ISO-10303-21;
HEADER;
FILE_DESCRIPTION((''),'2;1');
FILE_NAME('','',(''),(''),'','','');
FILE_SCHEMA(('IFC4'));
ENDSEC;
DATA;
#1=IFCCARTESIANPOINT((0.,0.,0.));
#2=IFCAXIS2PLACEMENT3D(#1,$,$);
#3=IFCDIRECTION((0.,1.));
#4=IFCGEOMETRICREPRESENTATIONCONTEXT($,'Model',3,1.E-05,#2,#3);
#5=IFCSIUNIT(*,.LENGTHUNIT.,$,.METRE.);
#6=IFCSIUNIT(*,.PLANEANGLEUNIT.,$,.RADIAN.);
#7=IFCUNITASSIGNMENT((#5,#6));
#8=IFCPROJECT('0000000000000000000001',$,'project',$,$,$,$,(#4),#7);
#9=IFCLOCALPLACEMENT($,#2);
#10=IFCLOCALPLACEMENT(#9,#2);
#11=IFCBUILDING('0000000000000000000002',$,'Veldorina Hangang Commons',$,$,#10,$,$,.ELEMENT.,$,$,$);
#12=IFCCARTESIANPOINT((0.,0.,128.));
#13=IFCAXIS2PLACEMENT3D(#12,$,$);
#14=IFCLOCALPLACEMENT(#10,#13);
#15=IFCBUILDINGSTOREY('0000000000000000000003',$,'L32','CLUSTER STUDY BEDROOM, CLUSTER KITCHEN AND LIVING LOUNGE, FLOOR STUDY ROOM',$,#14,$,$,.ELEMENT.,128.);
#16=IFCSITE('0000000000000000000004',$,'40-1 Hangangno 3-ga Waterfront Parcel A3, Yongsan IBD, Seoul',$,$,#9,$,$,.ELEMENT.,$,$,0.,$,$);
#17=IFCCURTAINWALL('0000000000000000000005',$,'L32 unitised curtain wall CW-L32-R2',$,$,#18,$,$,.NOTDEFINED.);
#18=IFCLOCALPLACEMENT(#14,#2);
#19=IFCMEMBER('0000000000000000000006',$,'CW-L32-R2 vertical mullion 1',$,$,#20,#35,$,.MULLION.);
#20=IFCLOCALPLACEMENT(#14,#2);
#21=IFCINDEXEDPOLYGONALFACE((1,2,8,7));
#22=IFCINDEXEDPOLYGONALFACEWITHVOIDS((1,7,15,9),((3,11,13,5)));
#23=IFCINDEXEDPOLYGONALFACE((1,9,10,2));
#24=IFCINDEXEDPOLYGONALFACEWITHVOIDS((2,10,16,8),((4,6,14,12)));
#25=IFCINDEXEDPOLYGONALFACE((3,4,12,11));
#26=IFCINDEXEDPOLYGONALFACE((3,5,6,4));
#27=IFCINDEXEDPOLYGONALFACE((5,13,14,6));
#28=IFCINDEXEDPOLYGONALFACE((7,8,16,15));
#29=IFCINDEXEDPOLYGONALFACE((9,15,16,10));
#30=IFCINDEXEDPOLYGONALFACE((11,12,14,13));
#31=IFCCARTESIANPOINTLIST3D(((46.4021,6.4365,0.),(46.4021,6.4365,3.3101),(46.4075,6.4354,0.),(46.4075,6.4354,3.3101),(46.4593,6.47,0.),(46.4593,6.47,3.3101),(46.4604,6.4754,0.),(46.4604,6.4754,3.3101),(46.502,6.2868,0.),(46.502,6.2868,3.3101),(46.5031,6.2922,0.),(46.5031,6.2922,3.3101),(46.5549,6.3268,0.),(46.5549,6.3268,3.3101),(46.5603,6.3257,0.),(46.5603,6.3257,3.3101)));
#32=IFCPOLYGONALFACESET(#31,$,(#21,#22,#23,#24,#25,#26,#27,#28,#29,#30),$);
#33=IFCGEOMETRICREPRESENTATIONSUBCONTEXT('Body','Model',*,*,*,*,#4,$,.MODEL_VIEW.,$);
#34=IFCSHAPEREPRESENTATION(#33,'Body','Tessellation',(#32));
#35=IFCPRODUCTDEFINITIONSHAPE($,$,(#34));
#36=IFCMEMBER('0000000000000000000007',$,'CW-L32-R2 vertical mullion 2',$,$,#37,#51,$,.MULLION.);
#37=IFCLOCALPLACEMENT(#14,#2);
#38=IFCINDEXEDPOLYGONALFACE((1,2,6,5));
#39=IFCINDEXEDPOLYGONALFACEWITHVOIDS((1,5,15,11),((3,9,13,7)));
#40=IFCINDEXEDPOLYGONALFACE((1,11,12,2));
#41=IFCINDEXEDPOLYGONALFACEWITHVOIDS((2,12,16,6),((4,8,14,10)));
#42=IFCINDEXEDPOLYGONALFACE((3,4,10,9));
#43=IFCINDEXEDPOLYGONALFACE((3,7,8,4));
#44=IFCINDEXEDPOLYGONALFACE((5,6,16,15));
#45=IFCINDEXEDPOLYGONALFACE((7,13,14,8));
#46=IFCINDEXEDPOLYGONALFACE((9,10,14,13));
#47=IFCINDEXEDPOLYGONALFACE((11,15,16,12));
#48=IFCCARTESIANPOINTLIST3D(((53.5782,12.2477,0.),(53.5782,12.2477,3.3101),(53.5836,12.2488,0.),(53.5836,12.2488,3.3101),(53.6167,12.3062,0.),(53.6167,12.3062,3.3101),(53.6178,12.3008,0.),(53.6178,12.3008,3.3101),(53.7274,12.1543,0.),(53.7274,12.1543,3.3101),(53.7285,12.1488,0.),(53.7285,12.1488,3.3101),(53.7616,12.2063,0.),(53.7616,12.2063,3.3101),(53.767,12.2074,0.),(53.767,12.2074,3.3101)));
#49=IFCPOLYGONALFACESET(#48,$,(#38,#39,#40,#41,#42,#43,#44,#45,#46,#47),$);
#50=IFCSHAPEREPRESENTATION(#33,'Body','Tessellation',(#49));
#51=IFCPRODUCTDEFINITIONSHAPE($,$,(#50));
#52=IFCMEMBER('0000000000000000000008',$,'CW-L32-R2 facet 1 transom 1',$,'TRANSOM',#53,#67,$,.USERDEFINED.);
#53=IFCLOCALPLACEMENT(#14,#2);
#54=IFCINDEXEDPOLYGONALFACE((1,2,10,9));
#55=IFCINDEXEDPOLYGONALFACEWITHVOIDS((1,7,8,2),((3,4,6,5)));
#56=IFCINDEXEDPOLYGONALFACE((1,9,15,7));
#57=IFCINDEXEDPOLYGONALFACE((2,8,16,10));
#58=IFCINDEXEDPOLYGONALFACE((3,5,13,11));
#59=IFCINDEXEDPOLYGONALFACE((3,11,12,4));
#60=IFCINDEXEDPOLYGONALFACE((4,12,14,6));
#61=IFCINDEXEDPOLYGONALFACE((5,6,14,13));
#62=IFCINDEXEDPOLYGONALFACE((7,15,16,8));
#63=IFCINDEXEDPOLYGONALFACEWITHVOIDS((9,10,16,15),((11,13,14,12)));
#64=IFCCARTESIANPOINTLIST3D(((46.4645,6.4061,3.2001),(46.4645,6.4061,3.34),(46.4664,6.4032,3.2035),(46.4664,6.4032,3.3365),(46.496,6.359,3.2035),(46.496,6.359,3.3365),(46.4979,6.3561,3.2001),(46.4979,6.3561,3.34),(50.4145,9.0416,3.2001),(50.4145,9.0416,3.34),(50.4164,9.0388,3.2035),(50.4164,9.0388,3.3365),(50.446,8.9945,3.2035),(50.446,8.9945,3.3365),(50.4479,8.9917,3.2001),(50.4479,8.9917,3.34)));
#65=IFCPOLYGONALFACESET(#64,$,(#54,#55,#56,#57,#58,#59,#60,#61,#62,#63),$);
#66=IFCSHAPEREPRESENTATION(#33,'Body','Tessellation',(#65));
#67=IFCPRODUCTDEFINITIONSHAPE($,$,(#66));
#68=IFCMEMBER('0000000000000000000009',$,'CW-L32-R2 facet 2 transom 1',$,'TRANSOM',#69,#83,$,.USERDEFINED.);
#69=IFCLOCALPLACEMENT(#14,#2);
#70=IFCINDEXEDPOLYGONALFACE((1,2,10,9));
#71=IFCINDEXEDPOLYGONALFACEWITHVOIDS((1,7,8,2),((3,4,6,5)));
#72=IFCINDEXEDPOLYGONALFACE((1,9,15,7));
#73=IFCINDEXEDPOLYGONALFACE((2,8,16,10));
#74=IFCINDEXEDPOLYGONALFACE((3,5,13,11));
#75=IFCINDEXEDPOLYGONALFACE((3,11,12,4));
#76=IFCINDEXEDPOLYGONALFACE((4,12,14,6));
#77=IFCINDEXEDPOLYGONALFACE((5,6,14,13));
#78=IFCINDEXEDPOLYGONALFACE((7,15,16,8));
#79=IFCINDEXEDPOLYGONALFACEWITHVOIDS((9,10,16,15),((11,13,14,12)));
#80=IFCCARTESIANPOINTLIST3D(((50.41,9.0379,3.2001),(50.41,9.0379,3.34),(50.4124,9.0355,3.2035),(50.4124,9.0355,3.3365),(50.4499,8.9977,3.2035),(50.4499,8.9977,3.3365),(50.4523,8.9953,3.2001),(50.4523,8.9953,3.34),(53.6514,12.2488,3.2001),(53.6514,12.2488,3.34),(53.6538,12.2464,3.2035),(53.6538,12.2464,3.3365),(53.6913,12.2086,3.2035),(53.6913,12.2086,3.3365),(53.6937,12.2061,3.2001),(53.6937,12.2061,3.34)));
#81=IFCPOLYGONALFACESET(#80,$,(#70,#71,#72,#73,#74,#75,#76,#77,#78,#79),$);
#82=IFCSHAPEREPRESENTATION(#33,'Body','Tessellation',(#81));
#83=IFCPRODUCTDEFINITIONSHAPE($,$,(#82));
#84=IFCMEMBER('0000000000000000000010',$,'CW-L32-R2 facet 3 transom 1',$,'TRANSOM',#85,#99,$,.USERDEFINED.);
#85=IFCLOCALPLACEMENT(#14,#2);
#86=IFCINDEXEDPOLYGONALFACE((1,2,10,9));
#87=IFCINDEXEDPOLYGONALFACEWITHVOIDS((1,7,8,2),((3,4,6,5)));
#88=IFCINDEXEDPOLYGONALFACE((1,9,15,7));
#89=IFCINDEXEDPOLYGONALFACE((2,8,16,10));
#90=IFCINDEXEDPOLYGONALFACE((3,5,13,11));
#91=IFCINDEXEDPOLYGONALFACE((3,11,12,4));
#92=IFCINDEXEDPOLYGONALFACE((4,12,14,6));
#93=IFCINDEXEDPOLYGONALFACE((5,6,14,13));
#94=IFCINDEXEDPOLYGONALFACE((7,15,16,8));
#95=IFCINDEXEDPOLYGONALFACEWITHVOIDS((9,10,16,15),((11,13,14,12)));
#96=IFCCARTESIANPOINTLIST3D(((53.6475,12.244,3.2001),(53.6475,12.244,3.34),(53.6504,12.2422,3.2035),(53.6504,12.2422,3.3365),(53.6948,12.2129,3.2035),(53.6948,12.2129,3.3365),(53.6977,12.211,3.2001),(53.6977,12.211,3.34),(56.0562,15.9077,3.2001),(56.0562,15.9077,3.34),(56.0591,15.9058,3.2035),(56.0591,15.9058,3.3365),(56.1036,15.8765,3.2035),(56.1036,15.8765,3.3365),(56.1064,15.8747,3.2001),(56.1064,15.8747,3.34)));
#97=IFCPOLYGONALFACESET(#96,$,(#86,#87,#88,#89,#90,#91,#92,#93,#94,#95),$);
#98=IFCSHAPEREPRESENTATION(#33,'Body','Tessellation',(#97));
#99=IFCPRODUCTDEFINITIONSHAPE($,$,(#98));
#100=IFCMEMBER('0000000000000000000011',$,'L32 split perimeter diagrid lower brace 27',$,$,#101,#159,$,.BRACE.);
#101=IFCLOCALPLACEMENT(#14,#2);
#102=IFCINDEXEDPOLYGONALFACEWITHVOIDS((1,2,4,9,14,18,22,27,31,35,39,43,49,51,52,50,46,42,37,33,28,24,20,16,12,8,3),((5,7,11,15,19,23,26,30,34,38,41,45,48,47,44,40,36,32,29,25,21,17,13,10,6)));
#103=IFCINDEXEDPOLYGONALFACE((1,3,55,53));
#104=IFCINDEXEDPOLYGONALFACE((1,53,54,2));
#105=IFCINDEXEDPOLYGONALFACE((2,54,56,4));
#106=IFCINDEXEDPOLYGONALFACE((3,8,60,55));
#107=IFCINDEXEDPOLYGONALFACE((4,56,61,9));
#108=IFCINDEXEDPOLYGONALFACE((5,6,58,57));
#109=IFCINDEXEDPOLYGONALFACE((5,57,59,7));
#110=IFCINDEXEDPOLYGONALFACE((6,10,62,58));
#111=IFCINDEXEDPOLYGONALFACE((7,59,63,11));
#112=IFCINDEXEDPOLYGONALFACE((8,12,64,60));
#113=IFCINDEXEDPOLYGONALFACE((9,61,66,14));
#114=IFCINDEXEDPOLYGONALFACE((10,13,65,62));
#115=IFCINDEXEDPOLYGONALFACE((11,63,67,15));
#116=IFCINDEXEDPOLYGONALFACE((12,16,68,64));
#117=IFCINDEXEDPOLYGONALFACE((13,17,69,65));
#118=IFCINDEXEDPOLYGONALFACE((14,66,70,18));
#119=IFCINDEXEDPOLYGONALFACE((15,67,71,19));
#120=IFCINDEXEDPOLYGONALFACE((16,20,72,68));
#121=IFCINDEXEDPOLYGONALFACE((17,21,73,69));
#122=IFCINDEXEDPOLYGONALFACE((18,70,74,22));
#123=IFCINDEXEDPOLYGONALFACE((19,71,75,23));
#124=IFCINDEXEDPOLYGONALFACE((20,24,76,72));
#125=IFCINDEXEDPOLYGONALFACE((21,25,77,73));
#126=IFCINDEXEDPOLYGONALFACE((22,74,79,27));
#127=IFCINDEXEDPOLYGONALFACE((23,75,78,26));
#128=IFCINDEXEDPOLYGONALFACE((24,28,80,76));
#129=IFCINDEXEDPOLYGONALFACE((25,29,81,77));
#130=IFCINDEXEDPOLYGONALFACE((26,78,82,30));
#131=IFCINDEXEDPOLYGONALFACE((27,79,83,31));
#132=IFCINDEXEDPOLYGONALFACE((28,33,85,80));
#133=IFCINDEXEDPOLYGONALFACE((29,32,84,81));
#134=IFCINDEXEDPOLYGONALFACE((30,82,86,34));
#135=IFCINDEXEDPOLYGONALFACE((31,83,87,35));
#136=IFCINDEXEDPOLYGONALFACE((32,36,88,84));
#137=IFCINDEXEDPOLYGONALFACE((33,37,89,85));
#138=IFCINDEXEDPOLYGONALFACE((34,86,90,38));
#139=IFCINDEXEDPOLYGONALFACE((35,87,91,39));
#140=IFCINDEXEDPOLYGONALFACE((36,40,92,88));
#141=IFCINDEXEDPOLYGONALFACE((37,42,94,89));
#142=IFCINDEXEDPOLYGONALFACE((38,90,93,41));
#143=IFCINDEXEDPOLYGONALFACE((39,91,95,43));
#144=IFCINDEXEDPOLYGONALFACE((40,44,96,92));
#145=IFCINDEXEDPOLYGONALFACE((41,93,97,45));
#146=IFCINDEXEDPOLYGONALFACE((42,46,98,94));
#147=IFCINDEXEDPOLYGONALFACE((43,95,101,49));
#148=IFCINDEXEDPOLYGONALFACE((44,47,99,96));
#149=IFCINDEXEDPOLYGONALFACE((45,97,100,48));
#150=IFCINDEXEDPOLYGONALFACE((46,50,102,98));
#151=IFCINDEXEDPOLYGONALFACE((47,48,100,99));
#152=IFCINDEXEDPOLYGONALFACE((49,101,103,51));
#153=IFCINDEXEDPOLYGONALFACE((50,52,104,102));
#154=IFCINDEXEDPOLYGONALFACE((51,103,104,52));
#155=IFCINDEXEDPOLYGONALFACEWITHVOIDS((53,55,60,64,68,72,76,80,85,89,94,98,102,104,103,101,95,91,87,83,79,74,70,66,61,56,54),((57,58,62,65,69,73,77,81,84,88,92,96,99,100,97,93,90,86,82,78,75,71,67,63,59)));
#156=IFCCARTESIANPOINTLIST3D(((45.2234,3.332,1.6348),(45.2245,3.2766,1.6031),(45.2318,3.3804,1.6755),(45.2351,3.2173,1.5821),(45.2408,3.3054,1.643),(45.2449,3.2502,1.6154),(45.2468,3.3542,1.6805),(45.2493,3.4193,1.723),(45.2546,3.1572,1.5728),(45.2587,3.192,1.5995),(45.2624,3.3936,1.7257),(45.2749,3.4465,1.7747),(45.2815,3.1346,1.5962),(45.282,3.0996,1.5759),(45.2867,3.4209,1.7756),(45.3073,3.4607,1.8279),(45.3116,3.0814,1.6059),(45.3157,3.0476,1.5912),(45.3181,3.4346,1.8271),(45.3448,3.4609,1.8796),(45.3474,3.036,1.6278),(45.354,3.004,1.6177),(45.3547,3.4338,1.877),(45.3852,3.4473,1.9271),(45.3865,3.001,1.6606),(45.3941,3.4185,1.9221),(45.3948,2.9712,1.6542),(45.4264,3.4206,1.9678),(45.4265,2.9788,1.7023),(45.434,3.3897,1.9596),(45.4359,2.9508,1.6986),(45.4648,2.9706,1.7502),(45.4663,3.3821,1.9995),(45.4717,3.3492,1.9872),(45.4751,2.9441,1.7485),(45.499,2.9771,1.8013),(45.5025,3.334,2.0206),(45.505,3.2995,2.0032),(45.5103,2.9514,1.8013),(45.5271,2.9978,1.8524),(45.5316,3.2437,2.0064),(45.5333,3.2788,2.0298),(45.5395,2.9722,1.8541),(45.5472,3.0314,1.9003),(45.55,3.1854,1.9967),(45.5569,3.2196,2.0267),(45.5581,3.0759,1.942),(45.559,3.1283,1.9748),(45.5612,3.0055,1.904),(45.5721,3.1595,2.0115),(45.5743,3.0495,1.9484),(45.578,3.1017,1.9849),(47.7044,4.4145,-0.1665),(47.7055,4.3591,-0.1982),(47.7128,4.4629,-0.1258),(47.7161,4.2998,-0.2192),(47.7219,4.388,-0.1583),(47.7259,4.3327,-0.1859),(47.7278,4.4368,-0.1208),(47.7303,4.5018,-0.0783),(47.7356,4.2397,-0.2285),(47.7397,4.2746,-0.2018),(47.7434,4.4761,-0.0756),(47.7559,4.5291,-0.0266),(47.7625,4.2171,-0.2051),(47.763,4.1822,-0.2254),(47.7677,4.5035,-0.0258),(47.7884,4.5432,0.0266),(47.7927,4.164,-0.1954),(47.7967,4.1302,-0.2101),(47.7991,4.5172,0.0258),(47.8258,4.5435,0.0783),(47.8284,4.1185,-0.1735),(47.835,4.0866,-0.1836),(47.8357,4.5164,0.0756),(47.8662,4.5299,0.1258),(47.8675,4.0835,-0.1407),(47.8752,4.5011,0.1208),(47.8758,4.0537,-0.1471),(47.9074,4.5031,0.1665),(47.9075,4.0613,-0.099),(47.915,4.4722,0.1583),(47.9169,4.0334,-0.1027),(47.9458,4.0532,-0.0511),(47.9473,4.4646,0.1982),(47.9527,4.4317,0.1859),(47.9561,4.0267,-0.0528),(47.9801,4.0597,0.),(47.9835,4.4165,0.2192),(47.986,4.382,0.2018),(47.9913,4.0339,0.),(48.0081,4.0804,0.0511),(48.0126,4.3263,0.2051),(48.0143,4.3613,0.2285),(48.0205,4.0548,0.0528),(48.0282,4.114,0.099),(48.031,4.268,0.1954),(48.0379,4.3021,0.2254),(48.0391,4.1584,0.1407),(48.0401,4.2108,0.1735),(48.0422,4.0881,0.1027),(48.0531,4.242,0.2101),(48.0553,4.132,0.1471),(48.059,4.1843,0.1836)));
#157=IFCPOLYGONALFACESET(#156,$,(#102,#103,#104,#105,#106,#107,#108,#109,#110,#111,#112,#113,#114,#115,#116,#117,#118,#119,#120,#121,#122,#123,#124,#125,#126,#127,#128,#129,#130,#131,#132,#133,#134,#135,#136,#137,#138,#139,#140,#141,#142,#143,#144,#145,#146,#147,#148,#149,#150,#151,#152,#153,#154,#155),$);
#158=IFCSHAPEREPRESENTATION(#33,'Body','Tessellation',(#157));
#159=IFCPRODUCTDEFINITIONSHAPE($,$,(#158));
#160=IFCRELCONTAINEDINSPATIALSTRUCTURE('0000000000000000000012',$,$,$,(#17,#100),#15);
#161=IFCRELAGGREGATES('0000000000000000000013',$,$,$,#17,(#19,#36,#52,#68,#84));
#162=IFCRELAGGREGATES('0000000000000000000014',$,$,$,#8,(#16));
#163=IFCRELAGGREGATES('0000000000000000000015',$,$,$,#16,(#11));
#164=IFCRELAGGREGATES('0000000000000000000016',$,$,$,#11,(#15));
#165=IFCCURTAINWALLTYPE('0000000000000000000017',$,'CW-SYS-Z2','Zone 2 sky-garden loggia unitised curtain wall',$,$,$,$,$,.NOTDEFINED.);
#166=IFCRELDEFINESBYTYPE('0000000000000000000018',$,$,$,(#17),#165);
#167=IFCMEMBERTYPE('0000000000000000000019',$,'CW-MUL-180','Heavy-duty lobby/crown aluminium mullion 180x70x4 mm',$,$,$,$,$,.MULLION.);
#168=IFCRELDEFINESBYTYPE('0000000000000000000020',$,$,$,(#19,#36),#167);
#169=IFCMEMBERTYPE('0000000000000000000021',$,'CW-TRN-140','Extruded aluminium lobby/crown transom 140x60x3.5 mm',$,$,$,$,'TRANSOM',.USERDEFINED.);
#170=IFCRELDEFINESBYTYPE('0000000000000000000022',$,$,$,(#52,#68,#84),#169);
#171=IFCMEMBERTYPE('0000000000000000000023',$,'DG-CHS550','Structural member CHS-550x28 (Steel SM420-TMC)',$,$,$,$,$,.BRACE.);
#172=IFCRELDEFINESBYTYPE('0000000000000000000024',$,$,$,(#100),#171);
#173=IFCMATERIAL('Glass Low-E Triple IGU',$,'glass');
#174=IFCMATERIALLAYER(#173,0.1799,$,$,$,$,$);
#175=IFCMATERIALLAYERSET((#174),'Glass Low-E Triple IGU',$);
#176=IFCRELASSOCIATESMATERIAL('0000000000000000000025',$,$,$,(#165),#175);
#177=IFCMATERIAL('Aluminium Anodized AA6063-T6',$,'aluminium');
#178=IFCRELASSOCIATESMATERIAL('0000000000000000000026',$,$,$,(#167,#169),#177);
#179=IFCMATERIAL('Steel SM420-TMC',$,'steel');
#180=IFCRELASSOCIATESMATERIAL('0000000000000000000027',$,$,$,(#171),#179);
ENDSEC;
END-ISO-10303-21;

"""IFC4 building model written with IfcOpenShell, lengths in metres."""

from ifc_helpers import new_model, si_unit, direction, frame, origin, origin_2d, place, context, subcontext, project, spatial, hollow_rectangle, hollow_circle, extrude, material, layer, layer_set, material_profile, profile_set, type_object, element, aggregate, save


model = new_model("IFC4")

# Units and contexts
model_context = context("Model", 3, precision=1e-05, world=origin(), true_north=direction((0.0, 1.0)))
body_context = subcontext(model_context, "Body", "Model", "MODEL_VIEW")
ifc_project = project(units=[si_unit("LENGTHUNIT", "METRE"), si_unit("PLANEANGLEUNIT", "RADIAN")], contexts=[model_context])

# Site, building, storey
site_placement = place(None, origin())
site = spatial("IfcSite", under=ifc_project, at=site_placement, Name="40-1 Hangangno 3-ga Waterfront Parcel A3, Yongsan IBD, Seoul", CompositionType="ELEMENT", RefElevation=0.0)
building_placement = place(site_placement, origin())
building = spatial("IfcBuilding", under=site, at=building_placement, Name="Veldorina Hangang Commons", CompositionType="ELEMENT")
storey_placement = place(building_placement, frame((0.0, 0.0, 128.0)))
storey = spatial("IfcBuildingStorey", under=building, at=storey_placement, Name="L32", Description="CLUSTER STUDY BEDROOM, CLUSTER KITCHEN AND LIVING LOUNGE, FLOOR STUDY ROOM", CompositionType="ELEMENT", Elevation=128.0)

# Shared definitions
ifc_material_1 = material(Name="Steel SM420-TMC", Category="steel")

# Curtain wall, members
ifc_material_2 = material(Name="Glass Low-E Triple IGU", Category="glass")
ifc_layer_1 = layer(ifc_material_2, 0.1799)
ifc_layer_set_1 = layer_set([ifc_layer_1], Name="Glass Low-E Triple IGU")
curtain_wall_type = type_object("IfcCurtainWallType", Name="CW-SYS-Z2", Description="Zone 2 sky-garden loggia unitised curtain wall", PredefinedType="NOTDEFINED", material=ifc_layer_set_1)
curtain_wall_placement = place(storey_placement, origin())
curtain_wall = element("IfcCurtainWall", 1, at=curtain_wall_placement, inside=storey, type_object=curtain_wall_type, Name="L32 unitised curtain wall CW-L32-R2", PredefinedType="NOTDEFINED")
ifc_material_3 = material(Name="Aluminium Anodized AA6063-T6", Category="aluminium")
ifc_material_profile_1 = material_profile(ifc_material_3, hollow_rectangle(XDim=0.0701, YDim=0.1799, WallThickness=0.0039, at=origin_2d()), Name="ALU-RHS-180x70x4")
ifc_profile_set_1 = profile_set([ifc_material_profile_1], Name="Aluminium Anodized AA6063-T6")
member_type_1 = type_object("IfcMemberType", Name="CW-MUL-180", Description="Heavy-duty lobby/crown aluminium mullion 180x70x4 mm", PredefinedType="MULLION", material=ifc_profile_set_1)
member_1_placement = place(storey_placement, frame((46.4812, 6.3811, 0.0), z_axis=(0.0, 0.0, 1.0), x_axis=(0.831857, 0.55499, 0.0)))
member_1 = element("IfcMember", 2, at=member_1_placement, type_object=member_type_1, Name="CW-L32-R2 vertical mullion 1", PredefinedType="MULLION", context=body_context, shape_type="SweptSolid", body=[
    extrude(hollow_rectangle(XDim=0.0701, YDim=0.1799, WallThickness=0.0039, at=origin_2d()), origin(), (0.0, 0.0, 1.0), 3.3101),
])
member_2_placement = place(storey_placement, frame((53.6726, 12.2275, 0.0), z_axis=(0.0, 0.0, 1.0), x_axis=(0.549373, 0.835577, 0.0)))
member_2 = element("IfcMember", 3, at=member_2_placement, type_object=member_type_1, Name="CW-L32-R2 vertical mullion 2", PredefinedType="MULLION", context=body_context, shape_type="SweptSolid", body=[
    extrude(hollow_rectangle(XDim=0.0701, YDim=0.1799, WallThickness=0.0039, at=origin_2d()), origin(), (0.0, 0.0, 1.0), 3.3101),
])
ifc_material_profile_2 = material_profile(ifc_material_3, hollow_rectangle(XDim=0.0601, YDim=0.1399, WallThickness=0.0034, at=origin_2d()), Name="ALU-RHS-140x60x3.5")
ifc_profile_set_2 = profile_set([ifc_material_profile_2], Name="Aluminium Anodized AA6063-T6")
member_type_2 = type_object("IfcMemberType", Name="CW-TRN-140", Description="Extruded aluminium lobby/crown transom 140x60x3.5 mm", ElementType="TRANSOM", PredefinedType="USERDEFINED", material=ifc_profile_set_2)
member_3_placement = place(storey_placement, frame((46.4812, 6.3811, 3.27), z_axis=(0.831837, 0.555021, 0.0), x_axis=(-0.555021, 0.831837, 0.0)))
member_3 = element("IfcMember", 4, at=member_3_placement, type_object=member_type_2, Name="CW-L32-R2 facet 1 transom 1", ObjectType="TRANSOM", PredefinedType="USERDEFINED", context=body_context, shape_type="SweptSolid", body=[
    extrude(hollow_rectangle(XDim=0.0601, YDim=0.1399, WallThickness=0.0034, at=origin_2d()), origin(), (0.0, 0.0, 1.0), 4.7485),
])
member_4_placement = place(storey_placement, frame((50.4312, 9.0166, 3.27), z_axis=(0.710443, 0.703755, 0.0), x_axis=(-0.703755, 0.710443, 0.0)))
member_4 = element("IfcMember", 5, at=member_4_placement, type_object=member_type_2, Name="CW-L32-R2 facet 2 transom 1", ObjectType="TRANSOM", PredefinedType="USERDEFINED", context=body_context, shape_type="SweptSolid", body=[
    extrude(hollow_rectangle(XDim=0.0601, YDim=0.1399, WallThickness=0.0034, at=origin_2d()), origin(), (0.0, 0.0, 1.0), 4.5625),
])
member_5_placement = place(storey_placement, frame((53.6726, 12.2275, 3.27), z_axis=(0.549369, 0.83558, 0.0), x_axis=(-0.83558, 0.549369, 0.0)))
member_5 = element("IfcMember", 6, at=member_5_placement, type_object=member_type_2, Name="CW-L32-R2 facet 3 transom 1", ObjectType="TRANSOM", PredefinedType="USERDEFINED", context=body_context, shape_type="SweptSolid", body=[
    extrude(hollow_rectangle(XDim=0.0601, YDim=0.1399, WallThickness=0.0034, at=origin_2d()), origin(), (0.0, 0.0, 1.0), 4.3845),
])

# Member
ifc_material_profile_3 = material_profile(ifc_material_1, hollow_circle(Radius=0.2749, WallThickness=0.0281, at=origin_2d()), Name="CHS-550x28")
ifc_profile_set_3 = profile_set([ifc_material_profile_3], Name="Steel SM420-TMC")
member_type_3 = type_object("IfcMemberType", Name="DG-CHS550", Description="Structural member CHS-550x28 (Steel SM420-TMC)", PredefinedType="BRACE", material=ifc_profile_set_3)
member_6_placement = place(storey_placement, frame((47.8813, 4.2859, 0.0), z_axis=(-0.763044, -0.33294, 0.553999), x_axis=(0.39992, -0.91655, 0.0)))
element("IfcMember", 7, at=member_6_placement, inside=storey, type_object=member_type_3, Name="L32 split perimeter diagrid lower brace 27", PredefinedType="BRACE", context=body_context, shape_type="SweptSolid", body=[
    extrude(hollow_circle(Radius=0.2749, WallThickness=0.0281, at=origin_2d()), origin(), (0.0, 0.0, 1.0), 3.2515),
])

aggregate(curtain_wall, [member_1, member_2, member_3, member_4, member_5])

save(model, "model.ifc")
